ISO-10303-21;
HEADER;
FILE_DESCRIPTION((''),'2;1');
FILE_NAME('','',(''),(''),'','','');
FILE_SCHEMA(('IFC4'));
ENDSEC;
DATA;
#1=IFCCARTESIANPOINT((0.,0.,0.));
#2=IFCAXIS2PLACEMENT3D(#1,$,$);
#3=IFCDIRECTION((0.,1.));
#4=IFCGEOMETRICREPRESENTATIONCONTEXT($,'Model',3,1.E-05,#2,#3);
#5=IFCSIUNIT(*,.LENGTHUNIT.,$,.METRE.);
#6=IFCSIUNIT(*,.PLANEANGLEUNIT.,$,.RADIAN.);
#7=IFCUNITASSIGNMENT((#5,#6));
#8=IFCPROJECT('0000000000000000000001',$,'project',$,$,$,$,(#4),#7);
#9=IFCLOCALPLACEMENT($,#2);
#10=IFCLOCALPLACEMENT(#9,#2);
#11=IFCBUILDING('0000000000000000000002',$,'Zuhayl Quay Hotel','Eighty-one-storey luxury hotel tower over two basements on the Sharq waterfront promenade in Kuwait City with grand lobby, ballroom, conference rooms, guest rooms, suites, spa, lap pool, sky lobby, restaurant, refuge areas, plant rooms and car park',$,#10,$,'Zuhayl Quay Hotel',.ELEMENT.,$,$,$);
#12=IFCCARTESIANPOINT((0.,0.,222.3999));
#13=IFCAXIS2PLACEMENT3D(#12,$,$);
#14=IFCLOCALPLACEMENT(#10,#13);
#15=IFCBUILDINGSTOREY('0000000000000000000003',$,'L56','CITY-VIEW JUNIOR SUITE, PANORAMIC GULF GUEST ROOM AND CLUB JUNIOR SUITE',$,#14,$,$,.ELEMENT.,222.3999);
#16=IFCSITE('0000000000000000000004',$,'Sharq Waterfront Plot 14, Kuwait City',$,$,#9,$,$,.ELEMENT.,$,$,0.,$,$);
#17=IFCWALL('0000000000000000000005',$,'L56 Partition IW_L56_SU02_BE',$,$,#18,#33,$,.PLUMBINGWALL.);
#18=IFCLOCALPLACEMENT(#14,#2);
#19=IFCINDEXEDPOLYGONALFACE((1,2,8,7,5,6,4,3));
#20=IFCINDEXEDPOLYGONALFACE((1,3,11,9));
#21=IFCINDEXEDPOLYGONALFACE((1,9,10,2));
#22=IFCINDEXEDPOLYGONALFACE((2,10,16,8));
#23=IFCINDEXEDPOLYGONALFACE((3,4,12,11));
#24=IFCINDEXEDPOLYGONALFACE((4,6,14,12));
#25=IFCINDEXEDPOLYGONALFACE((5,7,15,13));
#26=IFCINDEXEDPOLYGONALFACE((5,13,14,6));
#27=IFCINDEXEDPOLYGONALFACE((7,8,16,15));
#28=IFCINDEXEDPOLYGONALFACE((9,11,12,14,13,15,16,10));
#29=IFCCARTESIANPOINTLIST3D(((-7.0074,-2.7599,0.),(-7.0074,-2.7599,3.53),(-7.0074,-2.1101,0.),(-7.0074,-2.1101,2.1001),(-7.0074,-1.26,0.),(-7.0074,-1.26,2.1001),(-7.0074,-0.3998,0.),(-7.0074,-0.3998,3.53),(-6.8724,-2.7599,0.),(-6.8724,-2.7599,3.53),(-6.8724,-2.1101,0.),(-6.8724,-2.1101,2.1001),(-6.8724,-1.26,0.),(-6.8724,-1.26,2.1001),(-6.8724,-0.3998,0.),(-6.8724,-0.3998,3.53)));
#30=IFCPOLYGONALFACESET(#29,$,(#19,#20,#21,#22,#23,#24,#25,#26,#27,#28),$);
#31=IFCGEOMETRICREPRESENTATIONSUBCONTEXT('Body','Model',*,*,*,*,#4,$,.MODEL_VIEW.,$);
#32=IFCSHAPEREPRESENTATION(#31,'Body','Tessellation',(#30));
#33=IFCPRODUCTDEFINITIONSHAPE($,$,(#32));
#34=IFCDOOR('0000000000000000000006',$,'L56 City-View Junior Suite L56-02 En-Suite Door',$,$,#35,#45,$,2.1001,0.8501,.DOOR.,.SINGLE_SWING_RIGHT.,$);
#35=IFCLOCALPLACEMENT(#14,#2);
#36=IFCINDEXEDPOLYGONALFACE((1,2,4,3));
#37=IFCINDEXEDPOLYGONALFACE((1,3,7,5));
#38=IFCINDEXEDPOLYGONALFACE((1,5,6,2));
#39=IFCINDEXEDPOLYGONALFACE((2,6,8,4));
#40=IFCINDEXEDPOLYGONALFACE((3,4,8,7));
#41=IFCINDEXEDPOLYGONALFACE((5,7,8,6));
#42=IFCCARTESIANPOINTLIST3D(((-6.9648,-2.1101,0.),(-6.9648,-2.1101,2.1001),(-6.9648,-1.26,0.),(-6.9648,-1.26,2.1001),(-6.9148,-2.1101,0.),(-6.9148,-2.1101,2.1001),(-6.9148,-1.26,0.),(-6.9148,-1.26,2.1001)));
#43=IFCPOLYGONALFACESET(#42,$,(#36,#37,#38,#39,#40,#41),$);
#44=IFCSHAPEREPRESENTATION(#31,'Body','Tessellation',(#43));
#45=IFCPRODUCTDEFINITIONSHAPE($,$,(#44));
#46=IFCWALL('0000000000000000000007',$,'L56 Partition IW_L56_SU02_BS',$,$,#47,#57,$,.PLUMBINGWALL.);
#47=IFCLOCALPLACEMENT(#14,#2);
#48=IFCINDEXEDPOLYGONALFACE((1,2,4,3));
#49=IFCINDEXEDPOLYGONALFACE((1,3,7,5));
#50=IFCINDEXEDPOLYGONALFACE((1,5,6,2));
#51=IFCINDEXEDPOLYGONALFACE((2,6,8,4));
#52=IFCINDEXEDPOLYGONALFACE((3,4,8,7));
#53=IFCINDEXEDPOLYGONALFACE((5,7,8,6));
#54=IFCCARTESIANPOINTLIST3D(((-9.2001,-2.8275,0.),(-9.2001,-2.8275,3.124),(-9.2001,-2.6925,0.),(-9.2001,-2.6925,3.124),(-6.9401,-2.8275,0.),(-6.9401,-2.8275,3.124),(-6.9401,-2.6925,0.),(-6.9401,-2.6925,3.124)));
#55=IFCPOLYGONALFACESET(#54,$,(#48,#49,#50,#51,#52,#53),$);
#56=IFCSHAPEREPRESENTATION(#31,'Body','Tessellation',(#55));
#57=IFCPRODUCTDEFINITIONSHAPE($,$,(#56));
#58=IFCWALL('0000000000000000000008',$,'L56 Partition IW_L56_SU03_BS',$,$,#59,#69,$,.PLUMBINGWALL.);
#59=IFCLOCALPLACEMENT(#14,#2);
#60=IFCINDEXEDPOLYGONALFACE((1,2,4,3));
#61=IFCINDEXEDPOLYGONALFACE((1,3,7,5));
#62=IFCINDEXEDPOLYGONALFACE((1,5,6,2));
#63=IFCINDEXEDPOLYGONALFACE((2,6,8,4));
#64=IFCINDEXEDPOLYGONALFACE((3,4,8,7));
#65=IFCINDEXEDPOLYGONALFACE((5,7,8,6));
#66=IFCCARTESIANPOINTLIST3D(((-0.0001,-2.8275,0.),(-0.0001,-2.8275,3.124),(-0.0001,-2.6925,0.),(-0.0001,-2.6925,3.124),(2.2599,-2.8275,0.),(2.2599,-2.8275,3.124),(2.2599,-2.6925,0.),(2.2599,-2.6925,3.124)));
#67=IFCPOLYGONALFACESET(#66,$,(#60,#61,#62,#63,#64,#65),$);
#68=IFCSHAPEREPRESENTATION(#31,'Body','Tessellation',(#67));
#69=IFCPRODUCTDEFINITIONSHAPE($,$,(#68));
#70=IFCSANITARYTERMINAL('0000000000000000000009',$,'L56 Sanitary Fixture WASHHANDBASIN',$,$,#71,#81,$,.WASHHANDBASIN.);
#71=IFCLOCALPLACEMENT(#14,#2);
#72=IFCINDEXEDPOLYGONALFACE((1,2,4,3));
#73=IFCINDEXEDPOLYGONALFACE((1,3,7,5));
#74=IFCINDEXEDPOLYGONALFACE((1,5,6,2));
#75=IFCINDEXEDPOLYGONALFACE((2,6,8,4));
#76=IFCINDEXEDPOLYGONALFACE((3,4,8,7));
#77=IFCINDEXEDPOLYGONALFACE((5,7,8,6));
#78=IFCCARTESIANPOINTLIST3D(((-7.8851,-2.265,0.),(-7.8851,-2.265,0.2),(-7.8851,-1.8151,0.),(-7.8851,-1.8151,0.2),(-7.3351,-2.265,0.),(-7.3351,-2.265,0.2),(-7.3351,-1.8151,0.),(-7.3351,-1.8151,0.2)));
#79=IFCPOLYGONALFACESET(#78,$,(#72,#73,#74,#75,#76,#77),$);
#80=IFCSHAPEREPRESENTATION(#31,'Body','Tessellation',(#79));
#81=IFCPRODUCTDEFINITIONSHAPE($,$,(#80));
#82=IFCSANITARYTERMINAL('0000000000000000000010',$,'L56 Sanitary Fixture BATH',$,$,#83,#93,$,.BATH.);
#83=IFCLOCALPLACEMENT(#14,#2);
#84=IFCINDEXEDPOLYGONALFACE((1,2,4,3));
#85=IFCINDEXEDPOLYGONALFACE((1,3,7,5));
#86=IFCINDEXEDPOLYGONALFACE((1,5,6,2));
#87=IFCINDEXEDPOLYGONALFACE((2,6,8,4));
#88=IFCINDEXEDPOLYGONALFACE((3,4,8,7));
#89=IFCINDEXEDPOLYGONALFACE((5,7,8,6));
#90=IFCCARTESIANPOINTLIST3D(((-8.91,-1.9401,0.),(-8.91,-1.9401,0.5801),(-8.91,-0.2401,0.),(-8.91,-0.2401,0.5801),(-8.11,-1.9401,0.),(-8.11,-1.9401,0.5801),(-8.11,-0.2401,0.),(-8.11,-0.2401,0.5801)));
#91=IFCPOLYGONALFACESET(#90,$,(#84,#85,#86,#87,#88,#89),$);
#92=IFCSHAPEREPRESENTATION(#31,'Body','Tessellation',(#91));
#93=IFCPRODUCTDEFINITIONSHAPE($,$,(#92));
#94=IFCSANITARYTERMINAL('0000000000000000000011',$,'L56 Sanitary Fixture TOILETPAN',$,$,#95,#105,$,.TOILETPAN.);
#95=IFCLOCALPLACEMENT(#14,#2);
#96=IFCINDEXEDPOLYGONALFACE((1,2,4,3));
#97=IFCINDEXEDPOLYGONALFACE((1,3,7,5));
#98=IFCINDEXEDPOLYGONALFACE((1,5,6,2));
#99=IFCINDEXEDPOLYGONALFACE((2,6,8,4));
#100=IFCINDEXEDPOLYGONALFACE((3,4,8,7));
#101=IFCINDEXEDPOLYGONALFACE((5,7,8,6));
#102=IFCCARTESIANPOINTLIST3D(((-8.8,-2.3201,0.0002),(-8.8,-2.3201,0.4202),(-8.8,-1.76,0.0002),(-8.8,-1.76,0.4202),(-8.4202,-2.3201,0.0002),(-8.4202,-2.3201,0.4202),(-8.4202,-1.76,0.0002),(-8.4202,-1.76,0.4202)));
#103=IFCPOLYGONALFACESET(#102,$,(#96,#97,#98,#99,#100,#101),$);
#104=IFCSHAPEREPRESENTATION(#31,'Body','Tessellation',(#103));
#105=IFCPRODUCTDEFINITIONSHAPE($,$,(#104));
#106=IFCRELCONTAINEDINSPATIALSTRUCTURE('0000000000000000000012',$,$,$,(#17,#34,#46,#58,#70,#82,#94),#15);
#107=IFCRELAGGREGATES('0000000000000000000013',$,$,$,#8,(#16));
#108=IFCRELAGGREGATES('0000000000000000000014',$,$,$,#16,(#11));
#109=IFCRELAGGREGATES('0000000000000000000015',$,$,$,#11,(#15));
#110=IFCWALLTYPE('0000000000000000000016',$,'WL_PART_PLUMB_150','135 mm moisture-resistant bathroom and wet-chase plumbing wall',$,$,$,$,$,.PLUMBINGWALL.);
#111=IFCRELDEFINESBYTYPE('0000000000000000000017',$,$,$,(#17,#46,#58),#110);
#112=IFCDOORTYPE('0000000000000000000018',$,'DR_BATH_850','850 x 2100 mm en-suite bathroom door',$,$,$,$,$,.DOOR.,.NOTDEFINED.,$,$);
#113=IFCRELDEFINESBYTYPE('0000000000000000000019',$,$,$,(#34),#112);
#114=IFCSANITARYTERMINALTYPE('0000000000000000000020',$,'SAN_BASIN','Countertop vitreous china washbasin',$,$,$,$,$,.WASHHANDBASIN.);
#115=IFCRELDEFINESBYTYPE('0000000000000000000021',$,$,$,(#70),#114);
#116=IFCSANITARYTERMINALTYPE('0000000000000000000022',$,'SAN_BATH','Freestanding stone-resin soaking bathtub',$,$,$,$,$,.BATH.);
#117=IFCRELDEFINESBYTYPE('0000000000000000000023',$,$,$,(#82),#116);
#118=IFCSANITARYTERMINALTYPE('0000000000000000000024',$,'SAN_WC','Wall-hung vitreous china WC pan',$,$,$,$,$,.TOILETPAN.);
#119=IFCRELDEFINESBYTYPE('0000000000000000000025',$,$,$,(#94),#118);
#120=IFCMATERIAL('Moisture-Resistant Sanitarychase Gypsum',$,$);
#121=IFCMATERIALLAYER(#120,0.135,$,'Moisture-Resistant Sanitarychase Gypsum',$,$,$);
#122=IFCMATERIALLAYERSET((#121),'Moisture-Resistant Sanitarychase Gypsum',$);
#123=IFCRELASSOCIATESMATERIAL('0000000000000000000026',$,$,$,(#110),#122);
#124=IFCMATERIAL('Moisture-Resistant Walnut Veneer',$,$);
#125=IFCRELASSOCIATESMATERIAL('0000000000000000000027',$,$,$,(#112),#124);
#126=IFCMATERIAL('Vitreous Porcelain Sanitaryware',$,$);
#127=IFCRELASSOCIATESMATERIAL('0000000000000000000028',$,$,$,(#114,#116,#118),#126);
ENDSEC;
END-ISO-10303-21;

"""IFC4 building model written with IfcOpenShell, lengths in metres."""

from ifc_helpers import new_model, si_unit, direction, frame, frame_2d, origin, origin_2d, place, context, subcontext, project, spatial, rectangle, extrude, material, layer, layer_set, type_object, element, fill, save


model = new_model("IFC4")

# Units and contexts
model_context = context("Model", 3, precision=1e-05, world=origin(), true_north=direction((0.0, 1.0)))
body_context = subcontext(model_context, "Body", "Model", "MODEL_VIEW")
ifc_project = project(units=[si_unit("LENGTHUNIT", "METRE"), si_unit("PLANEANGLEUNIT", "RADIAN")], contexts=[model_context])

# Site, building, storey
site_placement = place(None, origin())
site = spatial("IfcSite", under=ifc_project, at=site_placement, Name="Sharq Waterfront Plot 14, Kuwait City", CompositionType="ELEMENT", RefElevation=0.0)
building_placement = place(site_placement, origin())
building = spatial("IfcBuilding", under=site, at=building_placement, Name="Zuhayl Quay Hotel", Description="Eighty-one-storey luxury hotel tower over two basements on the Sharq waterfront promenade in Kuwait City with grand lobby, ballroom, conference rooms, guest rooms, suites, spa, lap pool, sky lobby, restaurant, refuge areas, plant rooms and car park", LongName="Zuhayl Quay Hotel", CompositionType="ELEMENT")
storey_placement = place(building_placement, frame((0.0, 0.0, 222.3999)))
storey = spatial("IfcBuildingStorey", under=building, at=storey_placement, Name="L56", Description="CITY-VIEW JUNIOR SUITE, PANORAMIC GULF GUEST ROOM AND CLUB JUNIOR SUITE", CompositionType="ELEMENT", Elevation=222.3999)

# Wall, opening, door
ifc_material_1 = material(Name="Moisture-Resistant Sanitarychase Gypsum")
ifc_layer_1 = layer(ifc_material_1, 0.135, Name="Moisture-Resistant Sanitarychase Gypsum")
ifc_layer_set_1 = layer_set([ifc_layer_1], Name="Moisture-Resistant Sanitarychase Gypsum")
wall_type_1 = type_object("IfcWallType", Name="WL_PART_PLUMB_150", Description="135 mm moisture-resistant bathroom and wet-chase plumbing wall", PredefinedType="PLUMBINGWALL", material=ifc_layer_set_1)
wall_1_placement = place(storey_placement, frame((-6.9399, -2.76, 0.0), z_axis=(0.0, 0.0, 1.0), x_axis=(0.0, 1.0, 0.0)))
wall_1 = element("IfcWall", 1, at=wall_1_placement, inside=storey, type_object=wall_type_1, Name="L56 Partition IW_L56_SU02_BE", PredefinedType="PLUMBINGWALL", context=body_context, shape_type="SweptSolid", body=[
    extrude(rectangle(XDim=2.3601, YDim=0.135, at=frame_2d((1.1802, 0.0))), origin(), (0.0, 0.0, 1.0), 3.53),
])
opening_1_placement = place(wall_1_placement, frame((0.6499, 0.0, 0.0)))
opening_1 = element("IfcOpeningElement", 2, at=opening_1_placement, cuts=wall_1, PredefinedType="OPENING", context=body_context, shape_type="SweptSolid", body=[
    extrude(rectangle(XDim=0.8501, YDim=2.1001, at=frame_2d((0.425, 1.05))), frame((0.0, 0.0774, 0.0), z_axis=(0.0, -1.0, 0.0), x_axis=(1.0, 0.0, 0.0)), (0.0, 0.0, 1.0), 0.155),
])
ifc_material_2 = material(Name="Moisture-Resistant Walnut Veneer")
door_type_1 = type_object("IfcDoorType", Name="DR_BATH_850", Description="850 x 2100 mm en-suite bathroom door", OperationType="NOTDEFINED", PredefinedType="DOOR", material=ifc_material_2)
door_1_placement = place(opening_1_placement, origin())
door_1 = element("IfcDoor", 3, at=door_1_placement, inside=storey, type_object=door_type_1, Name="L56 City-View Junior Suite L56-02 En-Suite Door", OperationType="SINGLE_SWING_RIGHT", OverallHeight=2.1001, OverallWidth=0.8501, PredefinedType="DOOR", context=body_context, shape_type="SweptSolid", body=[
    extrude(rectangle(XDim=0.8501, YDim=2.1001, at=frame_2d((0.425, 1.05))), frame((0.0, 0.0249, 0.0), z_axis=(0.0, -1.0, 0.0), x_axis=(1.0, 0.0, 0.0)), (0.0, 0.0, 1.0), 0.05),
])
fill(opening_1, door_1)

# Walls
for number, where, z_axis, x_axis, name in (
    (4, (-9.2, -2.76, 0.0), (0.0, 0.0, 1.0), (1.0, 0.0, 0.0), "L56 Partition IW_L56_SU02_BS"),
    (5, (0.0, -2.76, 0.0), (0.0, 0.0, 1.0), (1.0, 0.0, 0.0), "L56 Partition IW_L56_SU03_BS"),
):
    element("IfcWall", number, at=place(storey_placement, frame(where, z_axis=z_axis, x_axis=x_axis)), inside=storey, type_object=wall_type_1, Name=name, PredefinedType="PLUMBINGWALL", context=body_context, shape_type="SweptSolid", body=[
        extrude(rectangle(XDim=2.26, YDim=0.135, at=frame_2d((1.1299, 0.0))), origin(), (0.0, 0.0, 1.0), 3.124),
    ])

# Sanitary terminals
ifc_material_3 = material(Name="Vitreous Porcelain Sanitaryware")
sanitary_terminal_type_1 = type_object("IfcSanitaryTerminalType", Name="SAN_BASIN", Description="Countertop vitreous china washbasin", PredefinedType="WASHHANDBASIN", material=ifc_material_3)
sanitary_terminal_1_placement = place(storey_placement, frame((-7.6101, -2.04, 0.0), z_axis=(0.0, 0.0, 1.0), x_axis=(1.0, 0.0, 0.0)))
element("IfcSanitaryTerminal", 6, at=sanitary_terminal_1_placement, inside=storey, type_object=sanitary_terminal_type_1, Name="L56 Sanitary Fixture WASHHANDBASIN", PredefinedType="WASHHANDBASIN", context=body_context, shape_type="SweptSolid", body=[
    extrude(rectangle(XDim=0.55, YDim=0.45, at=origin_2d()), origin(), (0.0, 0.0, 1.0), 0.2),
])
sanitary_terminal_type_2 = type_object("IfcSanitaryTerminalType", Name="SAN_BATH", Description="Freestanding stone-resin soaking bathtub", PredefinedType="BATH", material=ifc_material_3)
sanitary_terminal_2_placement = place(storey_placement, frame((-8.51, -1.0901, 0.0), z_axis=(0.0, 0.0, 1.0), x_axis=(1.0, 0.0, 0.0)))
element("IfcSanitaryTerminal", 7, at=sanitary_terminal_2_placement, inside=storey, type_object=sanitary_terminal_type_2, Name="L56 Sanitary Fixture BATH", PredefinedType="BATH", context=body_context, shape_type="SweptSolid", body=[
    extrude(rectangle(XDim=0.8, YDim=1.7, at=origin_2d()), origin(), (0.0, 0.0, 1.0), 0.5801),
])
sanitary_terminal_type_3 = type_object("IfcSanitaryTerminalType", Name="SAN_WC", Description="Wall-hung vitreous china WC pan", PredefinedType="TOILETPAN", material=ifc_material_3)
sanitary_terminal_3_placement = place(storey_placement, frame((-8.6101, -2.04, 0.0002), z_axis=(0.0, 0.0, 1.0), x_axis=(1.0, 0.0, 0.0)))
element("IfcSanitaryTerminal", 8, at=sanitary_terminal_3_placement, inside=storey, type_object=sanitary_terminal_type_3, Name="L56 Sanitary Fixture TOILETPAN", PredefinedType="TOILETPAN", context=body_context, shape_type="SweptSolid", body=[
    extrude(rectangle(XDim=0.3799, YDim=0.5601, at=origin_2d()), origin(), (0.0, 0.0, 1.0), 0.4199),
])

save(model, "model.ifc")
